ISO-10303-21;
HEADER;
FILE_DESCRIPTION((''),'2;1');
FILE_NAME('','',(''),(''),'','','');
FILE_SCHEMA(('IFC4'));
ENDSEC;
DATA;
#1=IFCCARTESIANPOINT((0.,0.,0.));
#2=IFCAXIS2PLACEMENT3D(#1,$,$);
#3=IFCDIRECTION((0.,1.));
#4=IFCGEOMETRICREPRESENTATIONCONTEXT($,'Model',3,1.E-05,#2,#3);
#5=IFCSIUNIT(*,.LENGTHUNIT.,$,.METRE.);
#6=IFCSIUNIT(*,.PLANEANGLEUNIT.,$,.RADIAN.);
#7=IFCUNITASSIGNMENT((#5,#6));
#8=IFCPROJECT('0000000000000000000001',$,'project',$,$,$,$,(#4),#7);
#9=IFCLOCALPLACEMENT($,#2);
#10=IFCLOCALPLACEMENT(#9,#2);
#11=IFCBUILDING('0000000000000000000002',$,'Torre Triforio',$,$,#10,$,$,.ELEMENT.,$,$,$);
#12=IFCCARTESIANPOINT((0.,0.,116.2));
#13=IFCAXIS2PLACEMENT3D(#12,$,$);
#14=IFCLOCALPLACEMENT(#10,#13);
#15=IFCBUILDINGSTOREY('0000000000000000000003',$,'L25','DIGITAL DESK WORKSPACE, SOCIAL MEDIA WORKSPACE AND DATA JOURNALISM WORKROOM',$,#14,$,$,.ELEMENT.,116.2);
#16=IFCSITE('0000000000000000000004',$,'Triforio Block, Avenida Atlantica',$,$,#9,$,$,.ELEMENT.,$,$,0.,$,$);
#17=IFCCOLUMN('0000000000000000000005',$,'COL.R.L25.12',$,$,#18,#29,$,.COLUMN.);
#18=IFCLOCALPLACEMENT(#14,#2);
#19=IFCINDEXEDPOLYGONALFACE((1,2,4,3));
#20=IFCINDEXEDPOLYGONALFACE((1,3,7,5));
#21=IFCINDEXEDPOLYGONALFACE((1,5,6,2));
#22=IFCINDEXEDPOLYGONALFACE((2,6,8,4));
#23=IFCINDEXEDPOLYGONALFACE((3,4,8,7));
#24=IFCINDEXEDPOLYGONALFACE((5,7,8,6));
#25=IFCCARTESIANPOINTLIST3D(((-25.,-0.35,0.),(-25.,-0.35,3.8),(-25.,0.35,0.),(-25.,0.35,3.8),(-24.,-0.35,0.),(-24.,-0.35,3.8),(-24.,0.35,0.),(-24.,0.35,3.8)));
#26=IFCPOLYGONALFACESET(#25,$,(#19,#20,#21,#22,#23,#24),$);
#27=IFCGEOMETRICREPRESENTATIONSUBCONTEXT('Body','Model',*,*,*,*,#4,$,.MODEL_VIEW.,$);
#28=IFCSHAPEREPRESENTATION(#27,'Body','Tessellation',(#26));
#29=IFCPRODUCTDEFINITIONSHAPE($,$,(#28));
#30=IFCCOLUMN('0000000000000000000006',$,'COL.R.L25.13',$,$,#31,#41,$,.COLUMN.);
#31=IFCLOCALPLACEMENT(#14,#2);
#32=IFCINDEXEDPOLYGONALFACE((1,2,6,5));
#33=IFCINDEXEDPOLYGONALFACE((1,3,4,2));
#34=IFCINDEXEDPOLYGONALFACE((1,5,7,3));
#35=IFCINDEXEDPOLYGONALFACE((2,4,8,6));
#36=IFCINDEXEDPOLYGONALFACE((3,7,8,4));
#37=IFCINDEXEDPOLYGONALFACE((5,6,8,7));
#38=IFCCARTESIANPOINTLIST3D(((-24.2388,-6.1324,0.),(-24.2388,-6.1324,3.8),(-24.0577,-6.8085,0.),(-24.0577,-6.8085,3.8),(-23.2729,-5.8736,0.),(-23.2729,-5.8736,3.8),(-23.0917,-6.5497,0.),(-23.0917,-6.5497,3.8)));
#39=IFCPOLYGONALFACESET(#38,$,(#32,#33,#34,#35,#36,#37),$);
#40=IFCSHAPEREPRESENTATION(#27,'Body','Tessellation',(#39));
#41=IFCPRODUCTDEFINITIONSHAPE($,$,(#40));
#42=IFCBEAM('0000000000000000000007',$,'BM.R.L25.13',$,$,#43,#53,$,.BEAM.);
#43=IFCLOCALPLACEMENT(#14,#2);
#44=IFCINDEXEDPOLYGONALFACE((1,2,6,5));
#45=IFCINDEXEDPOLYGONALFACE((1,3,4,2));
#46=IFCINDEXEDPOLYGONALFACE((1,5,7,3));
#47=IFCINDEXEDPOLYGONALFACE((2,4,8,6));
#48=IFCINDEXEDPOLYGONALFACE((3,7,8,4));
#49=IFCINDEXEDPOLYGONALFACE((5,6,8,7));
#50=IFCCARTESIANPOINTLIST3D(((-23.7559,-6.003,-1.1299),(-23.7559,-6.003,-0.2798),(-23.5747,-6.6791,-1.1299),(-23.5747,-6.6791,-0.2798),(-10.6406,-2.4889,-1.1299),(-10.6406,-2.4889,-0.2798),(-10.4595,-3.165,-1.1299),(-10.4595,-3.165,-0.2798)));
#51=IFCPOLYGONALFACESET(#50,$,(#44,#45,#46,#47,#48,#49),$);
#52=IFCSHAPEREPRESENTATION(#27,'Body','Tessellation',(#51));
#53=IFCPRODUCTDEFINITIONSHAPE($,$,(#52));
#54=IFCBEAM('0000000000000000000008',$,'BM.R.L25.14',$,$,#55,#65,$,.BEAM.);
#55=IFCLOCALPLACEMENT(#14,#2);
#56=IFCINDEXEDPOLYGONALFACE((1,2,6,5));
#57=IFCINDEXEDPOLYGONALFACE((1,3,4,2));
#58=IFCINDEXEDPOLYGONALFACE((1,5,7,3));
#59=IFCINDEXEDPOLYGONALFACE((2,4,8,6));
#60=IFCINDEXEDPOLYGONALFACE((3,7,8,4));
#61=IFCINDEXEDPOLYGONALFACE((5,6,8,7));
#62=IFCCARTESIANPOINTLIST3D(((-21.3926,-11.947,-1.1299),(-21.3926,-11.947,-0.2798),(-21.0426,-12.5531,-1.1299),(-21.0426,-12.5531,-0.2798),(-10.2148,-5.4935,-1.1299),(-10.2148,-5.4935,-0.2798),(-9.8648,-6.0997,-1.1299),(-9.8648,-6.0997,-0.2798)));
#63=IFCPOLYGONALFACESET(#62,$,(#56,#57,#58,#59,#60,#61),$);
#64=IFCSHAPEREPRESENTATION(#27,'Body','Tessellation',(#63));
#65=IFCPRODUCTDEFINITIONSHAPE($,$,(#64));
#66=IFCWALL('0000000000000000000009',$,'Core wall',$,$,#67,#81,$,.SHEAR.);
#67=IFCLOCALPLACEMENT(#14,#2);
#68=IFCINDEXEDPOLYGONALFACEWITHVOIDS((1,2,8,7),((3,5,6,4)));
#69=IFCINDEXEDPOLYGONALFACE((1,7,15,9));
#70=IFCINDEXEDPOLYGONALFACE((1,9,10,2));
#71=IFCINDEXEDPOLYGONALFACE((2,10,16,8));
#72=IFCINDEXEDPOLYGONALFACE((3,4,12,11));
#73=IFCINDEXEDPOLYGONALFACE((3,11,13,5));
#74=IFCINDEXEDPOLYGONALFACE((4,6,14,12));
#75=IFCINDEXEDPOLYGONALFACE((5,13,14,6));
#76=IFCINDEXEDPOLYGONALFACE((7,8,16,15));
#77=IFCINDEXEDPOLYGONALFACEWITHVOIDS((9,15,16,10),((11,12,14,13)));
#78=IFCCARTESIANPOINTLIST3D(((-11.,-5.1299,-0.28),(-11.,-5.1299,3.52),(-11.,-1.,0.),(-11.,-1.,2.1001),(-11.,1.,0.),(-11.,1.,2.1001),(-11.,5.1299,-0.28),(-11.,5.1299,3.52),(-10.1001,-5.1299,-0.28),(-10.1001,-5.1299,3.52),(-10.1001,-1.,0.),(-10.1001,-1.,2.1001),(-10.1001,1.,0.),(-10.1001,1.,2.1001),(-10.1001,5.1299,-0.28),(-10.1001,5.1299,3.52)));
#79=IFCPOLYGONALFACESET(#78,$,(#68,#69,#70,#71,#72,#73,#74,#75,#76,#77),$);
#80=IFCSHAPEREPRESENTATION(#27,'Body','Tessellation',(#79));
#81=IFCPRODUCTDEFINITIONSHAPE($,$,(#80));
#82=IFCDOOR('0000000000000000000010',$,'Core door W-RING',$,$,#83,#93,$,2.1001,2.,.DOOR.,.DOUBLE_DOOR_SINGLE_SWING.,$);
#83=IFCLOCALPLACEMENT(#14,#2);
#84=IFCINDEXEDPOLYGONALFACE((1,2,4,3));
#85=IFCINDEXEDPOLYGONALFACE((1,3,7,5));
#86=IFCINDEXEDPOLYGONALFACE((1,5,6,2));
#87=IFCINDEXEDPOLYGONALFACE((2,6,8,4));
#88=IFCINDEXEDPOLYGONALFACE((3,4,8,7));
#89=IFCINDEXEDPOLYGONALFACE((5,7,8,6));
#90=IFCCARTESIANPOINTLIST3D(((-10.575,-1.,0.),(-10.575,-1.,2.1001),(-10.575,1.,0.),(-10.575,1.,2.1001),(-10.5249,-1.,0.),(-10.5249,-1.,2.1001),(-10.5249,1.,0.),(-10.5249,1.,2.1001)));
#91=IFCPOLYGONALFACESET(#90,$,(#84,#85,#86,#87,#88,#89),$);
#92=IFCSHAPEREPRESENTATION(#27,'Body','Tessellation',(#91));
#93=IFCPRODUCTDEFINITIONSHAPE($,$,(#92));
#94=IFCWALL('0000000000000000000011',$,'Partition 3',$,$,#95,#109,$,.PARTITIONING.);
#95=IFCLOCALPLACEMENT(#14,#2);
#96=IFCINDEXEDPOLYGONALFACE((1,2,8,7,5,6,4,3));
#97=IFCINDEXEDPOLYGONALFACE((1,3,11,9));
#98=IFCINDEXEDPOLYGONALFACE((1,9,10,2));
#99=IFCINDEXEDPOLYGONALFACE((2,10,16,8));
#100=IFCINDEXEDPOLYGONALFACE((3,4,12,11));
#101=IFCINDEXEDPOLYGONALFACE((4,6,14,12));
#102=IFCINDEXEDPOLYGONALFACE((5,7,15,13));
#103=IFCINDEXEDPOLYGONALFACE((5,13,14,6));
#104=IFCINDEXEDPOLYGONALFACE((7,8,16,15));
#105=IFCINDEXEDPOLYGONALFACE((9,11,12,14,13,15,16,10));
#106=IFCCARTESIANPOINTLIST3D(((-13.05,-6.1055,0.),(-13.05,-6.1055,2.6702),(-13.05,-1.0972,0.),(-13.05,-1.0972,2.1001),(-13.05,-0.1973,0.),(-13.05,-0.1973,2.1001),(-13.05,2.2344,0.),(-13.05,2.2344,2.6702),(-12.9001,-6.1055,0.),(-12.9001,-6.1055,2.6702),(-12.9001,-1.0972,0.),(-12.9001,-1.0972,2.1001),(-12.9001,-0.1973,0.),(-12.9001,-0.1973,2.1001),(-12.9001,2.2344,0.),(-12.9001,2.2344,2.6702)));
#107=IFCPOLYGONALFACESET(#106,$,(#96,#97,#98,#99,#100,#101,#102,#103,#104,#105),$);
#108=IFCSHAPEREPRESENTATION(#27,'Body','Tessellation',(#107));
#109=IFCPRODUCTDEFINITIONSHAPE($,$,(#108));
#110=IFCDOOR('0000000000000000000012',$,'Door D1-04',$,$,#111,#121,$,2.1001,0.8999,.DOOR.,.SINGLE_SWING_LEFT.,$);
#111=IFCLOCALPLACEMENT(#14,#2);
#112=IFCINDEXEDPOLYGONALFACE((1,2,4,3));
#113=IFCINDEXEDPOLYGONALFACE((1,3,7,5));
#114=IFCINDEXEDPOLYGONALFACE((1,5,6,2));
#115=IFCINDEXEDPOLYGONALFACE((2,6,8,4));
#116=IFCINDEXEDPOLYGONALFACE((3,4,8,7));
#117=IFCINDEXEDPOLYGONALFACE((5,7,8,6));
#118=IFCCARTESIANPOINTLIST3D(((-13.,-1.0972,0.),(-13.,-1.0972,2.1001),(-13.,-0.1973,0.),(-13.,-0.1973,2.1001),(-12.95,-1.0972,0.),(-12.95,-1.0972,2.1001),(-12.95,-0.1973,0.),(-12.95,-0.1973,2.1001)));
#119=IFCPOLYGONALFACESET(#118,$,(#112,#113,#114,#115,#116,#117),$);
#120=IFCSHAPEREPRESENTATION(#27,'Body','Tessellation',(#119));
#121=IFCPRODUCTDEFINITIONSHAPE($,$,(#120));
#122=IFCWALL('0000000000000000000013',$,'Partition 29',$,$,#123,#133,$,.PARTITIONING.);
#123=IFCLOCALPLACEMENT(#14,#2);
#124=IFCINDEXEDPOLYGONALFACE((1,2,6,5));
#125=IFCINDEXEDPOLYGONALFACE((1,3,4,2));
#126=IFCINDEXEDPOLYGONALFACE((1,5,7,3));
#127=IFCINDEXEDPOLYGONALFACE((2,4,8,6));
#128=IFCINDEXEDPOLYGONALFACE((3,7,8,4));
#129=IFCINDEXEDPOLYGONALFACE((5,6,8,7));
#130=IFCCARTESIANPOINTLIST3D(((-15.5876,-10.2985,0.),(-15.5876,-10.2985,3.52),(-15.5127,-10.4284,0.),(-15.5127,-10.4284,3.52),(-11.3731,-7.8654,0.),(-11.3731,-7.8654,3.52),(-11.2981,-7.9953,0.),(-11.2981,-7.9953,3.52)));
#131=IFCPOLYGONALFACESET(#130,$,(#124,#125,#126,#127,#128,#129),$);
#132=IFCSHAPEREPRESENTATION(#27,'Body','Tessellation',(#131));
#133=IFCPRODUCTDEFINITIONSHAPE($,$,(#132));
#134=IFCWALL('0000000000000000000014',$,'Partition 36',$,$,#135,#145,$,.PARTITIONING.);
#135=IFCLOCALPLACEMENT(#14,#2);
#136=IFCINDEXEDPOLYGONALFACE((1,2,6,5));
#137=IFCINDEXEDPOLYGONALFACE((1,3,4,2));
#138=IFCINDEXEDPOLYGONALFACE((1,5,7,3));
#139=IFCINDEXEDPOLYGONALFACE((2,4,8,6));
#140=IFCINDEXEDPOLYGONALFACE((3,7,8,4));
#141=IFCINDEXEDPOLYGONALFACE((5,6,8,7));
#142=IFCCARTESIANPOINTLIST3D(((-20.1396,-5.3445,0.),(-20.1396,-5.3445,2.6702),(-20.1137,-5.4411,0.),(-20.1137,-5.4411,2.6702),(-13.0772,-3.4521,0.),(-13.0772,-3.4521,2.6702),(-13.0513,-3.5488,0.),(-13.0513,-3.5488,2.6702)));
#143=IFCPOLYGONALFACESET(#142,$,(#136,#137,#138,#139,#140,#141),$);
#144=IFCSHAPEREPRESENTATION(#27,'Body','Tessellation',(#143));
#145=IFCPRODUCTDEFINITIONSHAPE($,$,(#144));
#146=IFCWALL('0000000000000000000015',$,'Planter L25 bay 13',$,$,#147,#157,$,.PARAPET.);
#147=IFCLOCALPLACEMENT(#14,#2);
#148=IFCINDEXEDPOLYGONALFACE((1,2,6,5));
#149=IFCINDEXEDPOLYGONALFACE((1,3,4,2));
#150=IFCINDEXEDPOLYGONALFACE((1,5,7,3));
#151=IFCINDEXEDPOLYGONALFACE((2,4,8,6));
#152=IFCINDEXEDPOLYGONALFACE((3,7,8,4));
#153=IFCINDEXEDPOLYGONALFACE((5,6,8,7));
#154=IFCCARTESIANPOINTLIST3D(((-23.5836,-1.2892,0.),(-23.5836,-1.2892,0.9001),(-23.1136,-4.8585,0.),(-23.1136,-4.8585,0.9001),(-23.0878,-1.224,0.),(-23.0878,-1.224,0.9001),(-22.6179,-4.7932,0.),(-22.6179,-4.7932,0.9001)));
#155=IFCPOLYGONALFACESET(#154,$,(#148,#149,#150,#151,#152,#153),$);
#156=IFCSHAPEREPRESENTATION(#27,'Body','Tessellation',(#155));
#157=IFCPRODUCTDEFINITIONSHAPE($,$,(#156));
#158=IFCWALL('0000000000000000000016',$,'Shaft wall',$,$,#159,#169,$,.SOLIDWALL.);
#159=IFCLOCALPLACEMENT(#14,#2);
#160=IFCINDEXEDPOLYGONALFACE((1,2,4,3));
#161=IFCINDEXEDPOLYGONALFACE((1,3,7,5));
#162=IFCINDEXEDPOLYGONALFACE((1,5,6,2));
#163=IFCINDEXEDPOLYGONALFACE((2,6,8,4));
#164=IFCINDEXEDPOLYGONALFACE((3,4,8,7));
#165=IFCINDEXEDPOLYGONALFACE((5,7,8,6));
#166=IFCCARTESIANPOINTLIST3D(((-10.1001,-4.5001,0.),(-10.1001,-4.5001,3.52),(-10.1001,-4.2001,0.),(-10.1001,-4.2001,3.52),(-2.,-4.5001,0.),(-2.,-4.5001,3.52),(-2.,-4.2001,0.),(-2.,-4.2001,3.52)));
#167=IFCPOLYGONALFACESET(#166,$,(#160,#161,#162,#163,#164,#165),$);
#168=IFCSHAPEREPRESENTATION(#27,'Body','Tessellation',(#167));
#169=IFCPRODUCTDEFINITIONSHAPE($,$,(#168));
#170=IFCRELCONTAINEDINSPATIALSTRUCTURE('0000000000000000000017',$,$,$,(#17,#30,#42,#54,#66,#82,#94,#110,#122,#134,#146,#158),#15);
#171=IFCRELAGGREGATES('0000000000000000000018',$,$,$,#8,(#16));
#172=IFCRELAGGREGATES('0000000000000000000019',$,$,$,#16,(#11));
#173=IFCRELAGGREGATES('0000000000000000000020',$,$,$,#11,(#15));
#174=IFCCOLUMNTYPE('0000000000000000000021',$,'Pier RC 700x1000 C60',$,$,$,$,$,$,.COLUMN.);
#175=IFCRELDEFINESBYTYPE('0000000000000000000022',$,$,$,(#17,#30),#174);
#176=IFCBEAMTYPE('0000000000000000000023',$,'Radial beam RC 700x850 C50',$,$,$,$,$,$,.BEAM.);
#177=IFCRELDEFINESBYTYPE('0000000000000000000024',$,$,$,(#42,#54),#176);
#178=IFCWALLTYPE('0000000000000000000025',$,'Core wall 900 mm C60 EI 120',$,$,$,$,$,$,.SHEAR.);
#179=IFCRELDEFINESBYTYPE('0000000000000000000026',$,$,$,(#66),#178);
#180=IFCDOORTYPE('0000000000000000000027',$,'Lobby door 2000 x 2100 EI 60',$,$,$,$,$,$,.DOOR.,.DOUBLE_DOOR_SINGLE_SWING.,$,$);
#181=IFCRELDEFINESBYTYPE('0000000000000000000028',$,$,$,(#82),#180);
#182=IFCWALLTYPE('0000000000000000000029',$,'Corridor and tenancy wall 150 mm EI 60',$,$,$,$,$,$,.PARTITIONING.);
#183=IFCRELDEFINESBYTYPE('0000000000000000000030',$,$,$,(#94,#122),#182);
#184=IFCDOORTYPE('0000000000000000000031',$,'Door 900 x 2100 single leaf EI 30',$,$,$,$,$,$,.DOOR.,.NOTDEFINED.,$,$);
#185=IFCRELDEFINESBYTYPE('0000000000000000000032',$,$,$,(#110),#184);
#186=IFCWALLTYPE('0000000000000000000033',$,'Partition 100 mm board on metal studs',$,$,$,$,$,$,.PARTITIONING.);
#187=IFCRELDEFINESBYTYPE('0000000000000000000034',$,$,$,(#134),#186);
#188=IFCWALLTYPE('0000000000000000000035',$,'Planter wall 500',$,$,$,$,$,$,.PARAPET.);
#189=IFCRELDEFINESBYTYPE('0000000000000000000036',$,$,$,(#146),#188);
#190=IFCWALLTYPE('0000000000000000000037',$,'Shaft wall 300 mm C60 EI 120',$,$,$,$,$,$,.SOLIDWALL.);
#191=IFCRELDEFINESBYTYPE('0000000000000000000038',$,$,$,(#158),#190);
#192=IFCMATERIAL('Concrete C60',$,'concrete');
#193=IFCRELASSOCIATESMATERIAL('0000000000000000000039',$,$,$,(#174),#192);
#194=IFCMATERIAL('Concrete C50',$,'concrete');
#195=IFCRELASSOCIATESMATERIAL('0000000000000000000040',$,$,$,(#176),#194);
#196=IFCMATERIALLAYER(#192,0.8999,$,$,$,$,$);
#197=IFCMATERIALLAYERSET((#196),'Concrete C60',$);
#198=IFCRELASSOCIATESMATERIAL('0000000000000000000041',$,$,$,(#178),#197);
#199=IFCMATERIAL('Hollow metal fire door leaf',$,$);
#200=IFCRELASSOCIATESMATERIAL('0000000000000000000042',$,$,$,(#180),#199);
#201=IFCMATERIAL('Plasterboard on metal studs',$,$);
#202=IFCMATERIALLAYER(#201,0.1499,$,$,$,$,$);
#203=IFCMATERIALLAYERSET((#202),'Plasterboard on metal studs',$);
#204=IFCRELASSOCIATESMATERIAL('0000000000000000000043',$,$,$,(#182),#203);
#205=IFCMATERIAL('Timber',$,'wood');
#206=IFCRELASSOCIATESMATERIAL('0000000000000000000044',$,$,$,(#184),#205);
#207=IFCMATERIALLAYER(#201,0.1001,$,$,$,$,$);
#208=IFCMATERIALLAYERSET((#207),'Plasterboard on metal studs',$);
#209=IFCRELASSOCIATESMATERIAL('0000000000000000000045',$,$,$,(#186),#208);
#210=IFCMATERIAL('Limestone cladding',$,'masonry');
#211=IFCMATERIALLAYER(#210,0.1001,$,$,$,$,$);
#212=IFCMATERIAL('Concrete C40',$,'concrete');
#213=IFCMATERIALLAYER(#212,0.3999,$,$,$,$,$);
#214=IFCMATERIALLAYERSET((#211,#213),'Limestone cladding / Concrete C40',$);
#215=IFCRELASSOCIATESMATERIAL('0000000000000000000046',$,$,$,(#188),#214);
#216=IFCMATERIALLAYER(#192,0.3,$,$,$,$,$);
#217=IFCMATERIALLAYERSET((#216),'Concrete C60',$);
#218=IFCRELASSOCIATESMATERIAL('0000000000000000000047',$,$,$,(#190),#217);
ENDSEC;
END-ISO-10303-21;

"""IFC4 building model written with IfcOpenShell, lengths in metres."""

from ifc_helpers import new_model, si_unit, direction, frame, frame_2d, origin, origin_2d, place, context, subcontext, project, spatial, rectangle, extrude, material, layer, layer_set, material_profile, profile_set, type_object, element, fill, save


model = new_model("IFC4")

# Units and contexts
model_context = context("Model", 3, precision=1e-05, world=origin(), true_north=direction((0.0, 1.0)))
body_context = subcontext(model_context, "Body", "Model", "MODEL_VIEW")
ifc_project = project(units=[si_unit("LENGTHUNIT", "METRE"), si_unit("PLANEANGLEUNIT", "RADIAN")], contexts=[model_context])

# Site, building, storey
site_placement = place(None, origin())
site = spatial("IfcSite", under=ifc_project, at=site_placement, Name="Triforio Block, Avenida Atlantica", CompositionType="ELEMENT", RefElevation=0.0)
building_placement = place(site_placement, origin())
building = spatial("IfcBuilding", under=site, at=building_placement, Name="Torre Triforio", CompositionType="ELEMENT")
storey_placement = place(building_placement, frame((0.0, 0.0, 116.2)))
storey = spatial("IfcBuildingStorey", under=building, at=storey_placement, Name="L25", Description="DIGITAL DESK WORKSPACE, SOCIAL MEDIA WORKSPACE AND DATA JOURNALISM WORKROOM", CompositionType="ELEMENT", Elevation=116.2)

# Columns
ifc_material_1 = material(Name="Concrete C60", Category="concrete")
ifc_material_profile_1 = material_profile(ifc_material_1, rectangle(XDim=0.7, YDim=1.0, at=origin_2d()), Name="RC 700x1000")
ifc_profile_set_1 = profile_set([ifc_material_profile_1], Name="Concrete C60")
column_type = type_object("IfcColumnType", Name="Pier RC 700x1000 C60", PredefinedType="COLUMN", material=ifc_profile_set_1)
for number, where, z_axis, x_axis, name in (
    (1, (-24.5, 0.0, 0.0), (0.0, 0.0, 1.0), (0.0, -1.0, 0.0), "COL.R.L25.12"),
    (2, (-23.6653, -6.3411, 0.0), (0.0, 0.0, 1.0), (0.258819, -0.965926, 0.0), "COL.R.L25.13"),
):
    element("IfcColumn", number, at=place(storey_placement, frame(where, z_axis=z_axis, x_axis=x_axis)), inside=storey, type_object=column_type, Name=name, PredefinedType="COLUMN", context=body_context, shape_type="SweptSolid", body=[
        extrude(rectangle(XDim=0.7, YDim=1.0, at=origin_2d()), origin(), (0.0, 0.0, 1.0), 3.8),
    ])

# Beams
ifc_material_2 = material(Name="Concrete C50", Category="concrete")
ifc_material_profile_2 = material_profile(ifc_material_2, rectangle(XDim=0.7, YDim=0.8501, at=origin_2d()), Name="RC 700x850")
ifc_profile_set_2 = profile_set([ifc_material_profile_2], Name="Concrete C50")
beam_type = type_object("IfcBeamType", Name="Radial beam RC 700x850 C50", PredefinedType="BEAM", material=ifc_profile_set_2)
beam_1_placement = place(storey_placement, frame((-10.55, -2.8269, -0.7048), z_axis=(-0.965927, -0.258815, 0.0), x_axis=(0.258815, -0.965927, 0.0)))
element("IfcBeam", 3, at=beam_1_placement, inside=storey, type_object=beam_type, Name="BM.R.L25.13", PredefinedType="BEAM", context=body_context, shape_type="SweptSolid", body=[
    extrude(rectangle(XDim=0.7, YDim=0.8501, at=origin_2d()), origin(), (0.0, 0.0, 1.0), 13.5779),
])
beam_2_placement = place(storey_placement, frame((-10.0398, -5.7966, -0.7048), z_axis=(-0.866029, -0.499994, 0.0), x_axis=(0.499994, -0.866029, 0.0)))
element("IfcBeam", 4, at=beam_2_placement, inside=storey, type_object=beam_type, Name="BM.R.L25.14", PredefinedType="BEAM", context=body_context, shape_type="SweptSolid", body=[
    extrude(rectangle(XDim=0.7, YDim=0.8501, at=origin_2d()), origin(), (0.0, 0.0, 1.0), 12.907),
])

# Walls, openings, doors
ifc_layer_1 = layer(ifc_material_1, 0.8999)
ifc_layer_set_1 = layer_set([ifc_layer_1], Name="Concrete C60")
wall_type_1 = type_object("IfcWallType", Name="Core wall 900 mm C60 EI 120", PredefinedType="SHEAR", material=ifc_layer_set_1)
wall_1_placement = place(storey_placement, frame((-10.55, -5.1299, -0.28), z_axis=(0.0, 0.0, 1.0), x_axis=(0.0, 1.0, 0.0)))
wall_1 = element("IfcWall", 5, at=wall_1_placement, inside=storey, type_object=wall_type_1, Name="Core wall", PredefinedType="SHEAR", context=body_context, shape_type="SweptSolid", body=[
    extrude(rectangle(XDim=10.2598, YDim=0.8999, at=frame_2d((5.1299, 0.0))), origin(), (0.0, 0.0, 1.0), 3.8),
])
opening_1_placement = place(wall_1_placement, frame((4.1299, 0.0, 0.28)))
opening_1 = element("IfcOpeningElement", 6, at=opening_1_placement, cuts=wall_1, PredefinedType="OPENING", context=body_context, shape_type="SweptSolid", body=[
    extrude(rectangle(XDim=2.0, YDim=2.1001, at=frame_2d((1.0, 1.05))), frame((0.0, 0.46, 0.0), z_axis=(0.0, -1.0, 0.0), x_axis=(1.0, 0.0, 0.0)), (0.0, 0.0, 1.0), 0.9199),
])
ifc_material_3 = material(Name="Hollow metal fire door leaf")
door_type_1 = type_object("IfcDoorType", Name="Lobby door 2000 x 2100 EI 60", OperationType="DOUBLE_DOOR_SINGLE_SWING", PredefinedType="DOOR", material=ifc_material_3)
door_1_placement = place(opening_1_placement, origin())
door_1 = element("IfcDoor", 7, at=door_1_placement, inside=storey, type_object=door_type_1, Name="Core door W-RING", OperationType="DOUBLE_DOOR_SINGLE_SWING", OverallHeight=2.1001, OverallWidth=2.0, PredefinedType="DOOR", context=body_context, shape_type="SweptSolid", body=[
    extrude(rectangle(XDim=2.0, YDim=2.1001, at=frame_2d((1.0, 1.05))), frame((0.0, 0.0249, 0.0), z_axis=(0.0, -1.0, 0.0), x_axis=(1.0, 0.0, 0.0)), (0.0, 0.0, 1.0), 0.05),
])
fill(opening_1, door_1)
ifc_material_4 = material(Name="Plasterboard on metal studs")
ifc_layer_2 = layer(ifc_material_4, 0.1499)
ifc_layer_set_2 = layer_set([ifc_layer_2], Name="Plasterboard on metal studs")
wall_type_2 = type_object("IfcWallType", Name="Corridor and tenancy wall 150 mm EI 60", PredefinedType="PARTITIONING", material=ifc_layer_set_2)
wall_2_placement = place(storey_placement, frame((-12.9751, -6.1055, 0.0), z_axis=(0.0, 0.0, 1.0), x_axis=(0.0, 1.0, 0.0)))
wall_2 = element("IfcWall", 8, at=wall_2_placement, inside=storey, type_object=wall_type_2, Name="Partition 3", PredefinedType="PARTITIONING", context=body_context, shape_type="SweptSolid", body=[
    extrude(rectangle(XDim=8.3398, YDim=0.1499, at=frame_2d((4.1699, 0.0))), origin(), (0.0, 0.0, 1.0), 2.6702),
])
opening_2_placement = place(wall_2_placement, frame((5.0083, 0.0, 0.0)))
opening_2 = element("IfcOpeningElement", 9, at=opening_2_placement, cuts=wall_2, PredefinedType="OPENING", context=body_context, shape_type="SweptSolid", body=[
    extrude(rectangle(XDim=0.8999, YDim=2.1001, at=frame_2d((0.45, 1.05))), frame((0.0, 0.085, 0.0), z_axis=(0.0, -1.0, 0.0), x_axis=(1.0, 0.0, 0.0)), (0.0, 0.0, 1.0), 0.1699),
])
ifc_material_5 = material(Name="Timber", Category="wood")
door_type_2 = type_object("IfcDoorType", Name="Door 900 x 2100 single leaf EI 30", OperationType="NOTDEFINED", PredefinedType="DOOR", material=ifc_material_5)
door_2_placement = place(opening_2_placement, origin())
door_2 = element("IfcDoor", 10, at=door_2_placement, inside=storey, type_object=door_type_2, Name="Door D1-04", OperationType="SINGLE_SWING_LEFT", OverallHeight=2.1001, OverallWidth=0.8999, PredefinedType="DOOR", context=body_context, shape_type="SweptSolid", body=[
    extrude(rectangle(XDim=0.8999, YDim=2.1001, at=frame_2d((0.45, 1.05))), frame((0.0, 0.0249, 0.0), z_axis=(0.0, -1.0, 0.0), x_axis=(1.0, 0.0, 0.0)), (0.0, 0.0, 1.0), 0.05),
])
fill(opening_2, door_2)

# Walls
wall_3_placement = place(storey_placement, frame((-11.3357, -7.9304, 0.0), z_axis=(0.0, 0.0, 1.0), x_axis=(-0.866043, -0.49997, 0.0)))
element("IfcWall", 11, at=wall_3_placement, inside=storey, type_object=wall_type_2, Name="Partition 29", PredefinedType="PARTITIONING", context=body_context, shape_type="SweptSolid", body=[
    extrude(rectangle(XDim=4.8665, YDim=0.1499, at=frame_2d((2.4331, 0.0))), origin(), (0.0, 0.0, 1.0), 3.52),
])
ifc_layer_3 = layer(ifc_material_4, 0.1001)
ifc_layer_set_3 = layer_set([ifc_layer_3], Name="Plasterboard on metal studs")
wall_type_3 = type_object("IfcWallType", Name="Partition 100 mm board on metal studs", PredefinedType="PARTITIONING", material=ifc_layer_set_3)
wall_4_placement = place(storey_placement, frame((-13.0642, -3.5005, 0.0), z_axis=(0.0, 0.0, 1.0), x_axis=(-0.965928, -0.258812, 0.0)))
element("IfcWall", 12, at=wall_4_placement, inside=storey, type_object=wall_type_3, Name="Partition 36", PredefinedType="PARTITIONING", context=body_context, shape_type="SweptSolid", body=[
    extrude(rectangle(XDim=7.3115, YDim=0.1001, at=frame_2d((3.6558, 0.0))), origin(), (0.0, 0.0, 1.0), 2.6702),
])
ifc_material_6 = material(Name="Limestone cladding", Category="masonry")
ifc_layer_4 = layer(ifc_material_6, 0.1001)
ifc_material_7 = material(Name="Concrete C40", Category="concrete")
ifc_layer_5 = layer(ifc_material_7, 0.3999)
ifc_layer_set_4 = layer_set([ifc_layer_4, ifc_layer_5], Name="Limestone cladding / Concrete C40")
wall_type_4 = type_object("IfcWallType", Name="Planter wall 500", PredefinedType="PARAPET", material=ifc_layer_set_4)
wall_5_placement = place(storey_placement, frame((-23.3357, -1.2566, 0.0), z_axis=(0.0, 0.0, 1.0), x_axis=(0.130542, -0.991443, 0.0)))
element("IfcWall", 13, at=wall_5_placement, inside=storey, type_object=wall_type_4, Name="Planter L25 bay 13", PredefinedType="PARAPET", context=body_context, shape_type="SweptSolid", body=[
    extrude(rectangle(XDim=3.6001, YDim=0.5, at=frame_2d((1.8, 0.0))), origin(), (0.0, 0.0, 1.0), 0.9001),
])
ifc_layer_6 = layer(ifc_material_1, 0.3)
ifc_layer_set_5 = layer_set([ifc_layer_6], Name="Concrete C60")
wall_type_5 = type_object("IfcWallType", Name="Shaft wall 300 mm C60 EI 120", PredefinedType="SOLIDWALL", material=ifc_layer_set_5)
wall_6_placement = place(storey_placement, frame((-10.1001, -4.3501, 0.0), z_axis=(0.0, 0.0, 1.0), x_axis=(1.0, 0.0, 0.0)))
element("IfcWall", 14, at=wall_6_placement, inside=storey, type_object=wall_type_5, Name="Shaft wall", PredefinedType="SOLIDWALL", context=body_context, shape_type="SweptSolid", body=[
    extrude(rectangle(XDim=8.1001, YDim=0.3, at=frame_2d((4.05, 0.0))), origin(), (0.0, 0.0, 1.0), 3.52),
])

save(model, "model.ifc")
